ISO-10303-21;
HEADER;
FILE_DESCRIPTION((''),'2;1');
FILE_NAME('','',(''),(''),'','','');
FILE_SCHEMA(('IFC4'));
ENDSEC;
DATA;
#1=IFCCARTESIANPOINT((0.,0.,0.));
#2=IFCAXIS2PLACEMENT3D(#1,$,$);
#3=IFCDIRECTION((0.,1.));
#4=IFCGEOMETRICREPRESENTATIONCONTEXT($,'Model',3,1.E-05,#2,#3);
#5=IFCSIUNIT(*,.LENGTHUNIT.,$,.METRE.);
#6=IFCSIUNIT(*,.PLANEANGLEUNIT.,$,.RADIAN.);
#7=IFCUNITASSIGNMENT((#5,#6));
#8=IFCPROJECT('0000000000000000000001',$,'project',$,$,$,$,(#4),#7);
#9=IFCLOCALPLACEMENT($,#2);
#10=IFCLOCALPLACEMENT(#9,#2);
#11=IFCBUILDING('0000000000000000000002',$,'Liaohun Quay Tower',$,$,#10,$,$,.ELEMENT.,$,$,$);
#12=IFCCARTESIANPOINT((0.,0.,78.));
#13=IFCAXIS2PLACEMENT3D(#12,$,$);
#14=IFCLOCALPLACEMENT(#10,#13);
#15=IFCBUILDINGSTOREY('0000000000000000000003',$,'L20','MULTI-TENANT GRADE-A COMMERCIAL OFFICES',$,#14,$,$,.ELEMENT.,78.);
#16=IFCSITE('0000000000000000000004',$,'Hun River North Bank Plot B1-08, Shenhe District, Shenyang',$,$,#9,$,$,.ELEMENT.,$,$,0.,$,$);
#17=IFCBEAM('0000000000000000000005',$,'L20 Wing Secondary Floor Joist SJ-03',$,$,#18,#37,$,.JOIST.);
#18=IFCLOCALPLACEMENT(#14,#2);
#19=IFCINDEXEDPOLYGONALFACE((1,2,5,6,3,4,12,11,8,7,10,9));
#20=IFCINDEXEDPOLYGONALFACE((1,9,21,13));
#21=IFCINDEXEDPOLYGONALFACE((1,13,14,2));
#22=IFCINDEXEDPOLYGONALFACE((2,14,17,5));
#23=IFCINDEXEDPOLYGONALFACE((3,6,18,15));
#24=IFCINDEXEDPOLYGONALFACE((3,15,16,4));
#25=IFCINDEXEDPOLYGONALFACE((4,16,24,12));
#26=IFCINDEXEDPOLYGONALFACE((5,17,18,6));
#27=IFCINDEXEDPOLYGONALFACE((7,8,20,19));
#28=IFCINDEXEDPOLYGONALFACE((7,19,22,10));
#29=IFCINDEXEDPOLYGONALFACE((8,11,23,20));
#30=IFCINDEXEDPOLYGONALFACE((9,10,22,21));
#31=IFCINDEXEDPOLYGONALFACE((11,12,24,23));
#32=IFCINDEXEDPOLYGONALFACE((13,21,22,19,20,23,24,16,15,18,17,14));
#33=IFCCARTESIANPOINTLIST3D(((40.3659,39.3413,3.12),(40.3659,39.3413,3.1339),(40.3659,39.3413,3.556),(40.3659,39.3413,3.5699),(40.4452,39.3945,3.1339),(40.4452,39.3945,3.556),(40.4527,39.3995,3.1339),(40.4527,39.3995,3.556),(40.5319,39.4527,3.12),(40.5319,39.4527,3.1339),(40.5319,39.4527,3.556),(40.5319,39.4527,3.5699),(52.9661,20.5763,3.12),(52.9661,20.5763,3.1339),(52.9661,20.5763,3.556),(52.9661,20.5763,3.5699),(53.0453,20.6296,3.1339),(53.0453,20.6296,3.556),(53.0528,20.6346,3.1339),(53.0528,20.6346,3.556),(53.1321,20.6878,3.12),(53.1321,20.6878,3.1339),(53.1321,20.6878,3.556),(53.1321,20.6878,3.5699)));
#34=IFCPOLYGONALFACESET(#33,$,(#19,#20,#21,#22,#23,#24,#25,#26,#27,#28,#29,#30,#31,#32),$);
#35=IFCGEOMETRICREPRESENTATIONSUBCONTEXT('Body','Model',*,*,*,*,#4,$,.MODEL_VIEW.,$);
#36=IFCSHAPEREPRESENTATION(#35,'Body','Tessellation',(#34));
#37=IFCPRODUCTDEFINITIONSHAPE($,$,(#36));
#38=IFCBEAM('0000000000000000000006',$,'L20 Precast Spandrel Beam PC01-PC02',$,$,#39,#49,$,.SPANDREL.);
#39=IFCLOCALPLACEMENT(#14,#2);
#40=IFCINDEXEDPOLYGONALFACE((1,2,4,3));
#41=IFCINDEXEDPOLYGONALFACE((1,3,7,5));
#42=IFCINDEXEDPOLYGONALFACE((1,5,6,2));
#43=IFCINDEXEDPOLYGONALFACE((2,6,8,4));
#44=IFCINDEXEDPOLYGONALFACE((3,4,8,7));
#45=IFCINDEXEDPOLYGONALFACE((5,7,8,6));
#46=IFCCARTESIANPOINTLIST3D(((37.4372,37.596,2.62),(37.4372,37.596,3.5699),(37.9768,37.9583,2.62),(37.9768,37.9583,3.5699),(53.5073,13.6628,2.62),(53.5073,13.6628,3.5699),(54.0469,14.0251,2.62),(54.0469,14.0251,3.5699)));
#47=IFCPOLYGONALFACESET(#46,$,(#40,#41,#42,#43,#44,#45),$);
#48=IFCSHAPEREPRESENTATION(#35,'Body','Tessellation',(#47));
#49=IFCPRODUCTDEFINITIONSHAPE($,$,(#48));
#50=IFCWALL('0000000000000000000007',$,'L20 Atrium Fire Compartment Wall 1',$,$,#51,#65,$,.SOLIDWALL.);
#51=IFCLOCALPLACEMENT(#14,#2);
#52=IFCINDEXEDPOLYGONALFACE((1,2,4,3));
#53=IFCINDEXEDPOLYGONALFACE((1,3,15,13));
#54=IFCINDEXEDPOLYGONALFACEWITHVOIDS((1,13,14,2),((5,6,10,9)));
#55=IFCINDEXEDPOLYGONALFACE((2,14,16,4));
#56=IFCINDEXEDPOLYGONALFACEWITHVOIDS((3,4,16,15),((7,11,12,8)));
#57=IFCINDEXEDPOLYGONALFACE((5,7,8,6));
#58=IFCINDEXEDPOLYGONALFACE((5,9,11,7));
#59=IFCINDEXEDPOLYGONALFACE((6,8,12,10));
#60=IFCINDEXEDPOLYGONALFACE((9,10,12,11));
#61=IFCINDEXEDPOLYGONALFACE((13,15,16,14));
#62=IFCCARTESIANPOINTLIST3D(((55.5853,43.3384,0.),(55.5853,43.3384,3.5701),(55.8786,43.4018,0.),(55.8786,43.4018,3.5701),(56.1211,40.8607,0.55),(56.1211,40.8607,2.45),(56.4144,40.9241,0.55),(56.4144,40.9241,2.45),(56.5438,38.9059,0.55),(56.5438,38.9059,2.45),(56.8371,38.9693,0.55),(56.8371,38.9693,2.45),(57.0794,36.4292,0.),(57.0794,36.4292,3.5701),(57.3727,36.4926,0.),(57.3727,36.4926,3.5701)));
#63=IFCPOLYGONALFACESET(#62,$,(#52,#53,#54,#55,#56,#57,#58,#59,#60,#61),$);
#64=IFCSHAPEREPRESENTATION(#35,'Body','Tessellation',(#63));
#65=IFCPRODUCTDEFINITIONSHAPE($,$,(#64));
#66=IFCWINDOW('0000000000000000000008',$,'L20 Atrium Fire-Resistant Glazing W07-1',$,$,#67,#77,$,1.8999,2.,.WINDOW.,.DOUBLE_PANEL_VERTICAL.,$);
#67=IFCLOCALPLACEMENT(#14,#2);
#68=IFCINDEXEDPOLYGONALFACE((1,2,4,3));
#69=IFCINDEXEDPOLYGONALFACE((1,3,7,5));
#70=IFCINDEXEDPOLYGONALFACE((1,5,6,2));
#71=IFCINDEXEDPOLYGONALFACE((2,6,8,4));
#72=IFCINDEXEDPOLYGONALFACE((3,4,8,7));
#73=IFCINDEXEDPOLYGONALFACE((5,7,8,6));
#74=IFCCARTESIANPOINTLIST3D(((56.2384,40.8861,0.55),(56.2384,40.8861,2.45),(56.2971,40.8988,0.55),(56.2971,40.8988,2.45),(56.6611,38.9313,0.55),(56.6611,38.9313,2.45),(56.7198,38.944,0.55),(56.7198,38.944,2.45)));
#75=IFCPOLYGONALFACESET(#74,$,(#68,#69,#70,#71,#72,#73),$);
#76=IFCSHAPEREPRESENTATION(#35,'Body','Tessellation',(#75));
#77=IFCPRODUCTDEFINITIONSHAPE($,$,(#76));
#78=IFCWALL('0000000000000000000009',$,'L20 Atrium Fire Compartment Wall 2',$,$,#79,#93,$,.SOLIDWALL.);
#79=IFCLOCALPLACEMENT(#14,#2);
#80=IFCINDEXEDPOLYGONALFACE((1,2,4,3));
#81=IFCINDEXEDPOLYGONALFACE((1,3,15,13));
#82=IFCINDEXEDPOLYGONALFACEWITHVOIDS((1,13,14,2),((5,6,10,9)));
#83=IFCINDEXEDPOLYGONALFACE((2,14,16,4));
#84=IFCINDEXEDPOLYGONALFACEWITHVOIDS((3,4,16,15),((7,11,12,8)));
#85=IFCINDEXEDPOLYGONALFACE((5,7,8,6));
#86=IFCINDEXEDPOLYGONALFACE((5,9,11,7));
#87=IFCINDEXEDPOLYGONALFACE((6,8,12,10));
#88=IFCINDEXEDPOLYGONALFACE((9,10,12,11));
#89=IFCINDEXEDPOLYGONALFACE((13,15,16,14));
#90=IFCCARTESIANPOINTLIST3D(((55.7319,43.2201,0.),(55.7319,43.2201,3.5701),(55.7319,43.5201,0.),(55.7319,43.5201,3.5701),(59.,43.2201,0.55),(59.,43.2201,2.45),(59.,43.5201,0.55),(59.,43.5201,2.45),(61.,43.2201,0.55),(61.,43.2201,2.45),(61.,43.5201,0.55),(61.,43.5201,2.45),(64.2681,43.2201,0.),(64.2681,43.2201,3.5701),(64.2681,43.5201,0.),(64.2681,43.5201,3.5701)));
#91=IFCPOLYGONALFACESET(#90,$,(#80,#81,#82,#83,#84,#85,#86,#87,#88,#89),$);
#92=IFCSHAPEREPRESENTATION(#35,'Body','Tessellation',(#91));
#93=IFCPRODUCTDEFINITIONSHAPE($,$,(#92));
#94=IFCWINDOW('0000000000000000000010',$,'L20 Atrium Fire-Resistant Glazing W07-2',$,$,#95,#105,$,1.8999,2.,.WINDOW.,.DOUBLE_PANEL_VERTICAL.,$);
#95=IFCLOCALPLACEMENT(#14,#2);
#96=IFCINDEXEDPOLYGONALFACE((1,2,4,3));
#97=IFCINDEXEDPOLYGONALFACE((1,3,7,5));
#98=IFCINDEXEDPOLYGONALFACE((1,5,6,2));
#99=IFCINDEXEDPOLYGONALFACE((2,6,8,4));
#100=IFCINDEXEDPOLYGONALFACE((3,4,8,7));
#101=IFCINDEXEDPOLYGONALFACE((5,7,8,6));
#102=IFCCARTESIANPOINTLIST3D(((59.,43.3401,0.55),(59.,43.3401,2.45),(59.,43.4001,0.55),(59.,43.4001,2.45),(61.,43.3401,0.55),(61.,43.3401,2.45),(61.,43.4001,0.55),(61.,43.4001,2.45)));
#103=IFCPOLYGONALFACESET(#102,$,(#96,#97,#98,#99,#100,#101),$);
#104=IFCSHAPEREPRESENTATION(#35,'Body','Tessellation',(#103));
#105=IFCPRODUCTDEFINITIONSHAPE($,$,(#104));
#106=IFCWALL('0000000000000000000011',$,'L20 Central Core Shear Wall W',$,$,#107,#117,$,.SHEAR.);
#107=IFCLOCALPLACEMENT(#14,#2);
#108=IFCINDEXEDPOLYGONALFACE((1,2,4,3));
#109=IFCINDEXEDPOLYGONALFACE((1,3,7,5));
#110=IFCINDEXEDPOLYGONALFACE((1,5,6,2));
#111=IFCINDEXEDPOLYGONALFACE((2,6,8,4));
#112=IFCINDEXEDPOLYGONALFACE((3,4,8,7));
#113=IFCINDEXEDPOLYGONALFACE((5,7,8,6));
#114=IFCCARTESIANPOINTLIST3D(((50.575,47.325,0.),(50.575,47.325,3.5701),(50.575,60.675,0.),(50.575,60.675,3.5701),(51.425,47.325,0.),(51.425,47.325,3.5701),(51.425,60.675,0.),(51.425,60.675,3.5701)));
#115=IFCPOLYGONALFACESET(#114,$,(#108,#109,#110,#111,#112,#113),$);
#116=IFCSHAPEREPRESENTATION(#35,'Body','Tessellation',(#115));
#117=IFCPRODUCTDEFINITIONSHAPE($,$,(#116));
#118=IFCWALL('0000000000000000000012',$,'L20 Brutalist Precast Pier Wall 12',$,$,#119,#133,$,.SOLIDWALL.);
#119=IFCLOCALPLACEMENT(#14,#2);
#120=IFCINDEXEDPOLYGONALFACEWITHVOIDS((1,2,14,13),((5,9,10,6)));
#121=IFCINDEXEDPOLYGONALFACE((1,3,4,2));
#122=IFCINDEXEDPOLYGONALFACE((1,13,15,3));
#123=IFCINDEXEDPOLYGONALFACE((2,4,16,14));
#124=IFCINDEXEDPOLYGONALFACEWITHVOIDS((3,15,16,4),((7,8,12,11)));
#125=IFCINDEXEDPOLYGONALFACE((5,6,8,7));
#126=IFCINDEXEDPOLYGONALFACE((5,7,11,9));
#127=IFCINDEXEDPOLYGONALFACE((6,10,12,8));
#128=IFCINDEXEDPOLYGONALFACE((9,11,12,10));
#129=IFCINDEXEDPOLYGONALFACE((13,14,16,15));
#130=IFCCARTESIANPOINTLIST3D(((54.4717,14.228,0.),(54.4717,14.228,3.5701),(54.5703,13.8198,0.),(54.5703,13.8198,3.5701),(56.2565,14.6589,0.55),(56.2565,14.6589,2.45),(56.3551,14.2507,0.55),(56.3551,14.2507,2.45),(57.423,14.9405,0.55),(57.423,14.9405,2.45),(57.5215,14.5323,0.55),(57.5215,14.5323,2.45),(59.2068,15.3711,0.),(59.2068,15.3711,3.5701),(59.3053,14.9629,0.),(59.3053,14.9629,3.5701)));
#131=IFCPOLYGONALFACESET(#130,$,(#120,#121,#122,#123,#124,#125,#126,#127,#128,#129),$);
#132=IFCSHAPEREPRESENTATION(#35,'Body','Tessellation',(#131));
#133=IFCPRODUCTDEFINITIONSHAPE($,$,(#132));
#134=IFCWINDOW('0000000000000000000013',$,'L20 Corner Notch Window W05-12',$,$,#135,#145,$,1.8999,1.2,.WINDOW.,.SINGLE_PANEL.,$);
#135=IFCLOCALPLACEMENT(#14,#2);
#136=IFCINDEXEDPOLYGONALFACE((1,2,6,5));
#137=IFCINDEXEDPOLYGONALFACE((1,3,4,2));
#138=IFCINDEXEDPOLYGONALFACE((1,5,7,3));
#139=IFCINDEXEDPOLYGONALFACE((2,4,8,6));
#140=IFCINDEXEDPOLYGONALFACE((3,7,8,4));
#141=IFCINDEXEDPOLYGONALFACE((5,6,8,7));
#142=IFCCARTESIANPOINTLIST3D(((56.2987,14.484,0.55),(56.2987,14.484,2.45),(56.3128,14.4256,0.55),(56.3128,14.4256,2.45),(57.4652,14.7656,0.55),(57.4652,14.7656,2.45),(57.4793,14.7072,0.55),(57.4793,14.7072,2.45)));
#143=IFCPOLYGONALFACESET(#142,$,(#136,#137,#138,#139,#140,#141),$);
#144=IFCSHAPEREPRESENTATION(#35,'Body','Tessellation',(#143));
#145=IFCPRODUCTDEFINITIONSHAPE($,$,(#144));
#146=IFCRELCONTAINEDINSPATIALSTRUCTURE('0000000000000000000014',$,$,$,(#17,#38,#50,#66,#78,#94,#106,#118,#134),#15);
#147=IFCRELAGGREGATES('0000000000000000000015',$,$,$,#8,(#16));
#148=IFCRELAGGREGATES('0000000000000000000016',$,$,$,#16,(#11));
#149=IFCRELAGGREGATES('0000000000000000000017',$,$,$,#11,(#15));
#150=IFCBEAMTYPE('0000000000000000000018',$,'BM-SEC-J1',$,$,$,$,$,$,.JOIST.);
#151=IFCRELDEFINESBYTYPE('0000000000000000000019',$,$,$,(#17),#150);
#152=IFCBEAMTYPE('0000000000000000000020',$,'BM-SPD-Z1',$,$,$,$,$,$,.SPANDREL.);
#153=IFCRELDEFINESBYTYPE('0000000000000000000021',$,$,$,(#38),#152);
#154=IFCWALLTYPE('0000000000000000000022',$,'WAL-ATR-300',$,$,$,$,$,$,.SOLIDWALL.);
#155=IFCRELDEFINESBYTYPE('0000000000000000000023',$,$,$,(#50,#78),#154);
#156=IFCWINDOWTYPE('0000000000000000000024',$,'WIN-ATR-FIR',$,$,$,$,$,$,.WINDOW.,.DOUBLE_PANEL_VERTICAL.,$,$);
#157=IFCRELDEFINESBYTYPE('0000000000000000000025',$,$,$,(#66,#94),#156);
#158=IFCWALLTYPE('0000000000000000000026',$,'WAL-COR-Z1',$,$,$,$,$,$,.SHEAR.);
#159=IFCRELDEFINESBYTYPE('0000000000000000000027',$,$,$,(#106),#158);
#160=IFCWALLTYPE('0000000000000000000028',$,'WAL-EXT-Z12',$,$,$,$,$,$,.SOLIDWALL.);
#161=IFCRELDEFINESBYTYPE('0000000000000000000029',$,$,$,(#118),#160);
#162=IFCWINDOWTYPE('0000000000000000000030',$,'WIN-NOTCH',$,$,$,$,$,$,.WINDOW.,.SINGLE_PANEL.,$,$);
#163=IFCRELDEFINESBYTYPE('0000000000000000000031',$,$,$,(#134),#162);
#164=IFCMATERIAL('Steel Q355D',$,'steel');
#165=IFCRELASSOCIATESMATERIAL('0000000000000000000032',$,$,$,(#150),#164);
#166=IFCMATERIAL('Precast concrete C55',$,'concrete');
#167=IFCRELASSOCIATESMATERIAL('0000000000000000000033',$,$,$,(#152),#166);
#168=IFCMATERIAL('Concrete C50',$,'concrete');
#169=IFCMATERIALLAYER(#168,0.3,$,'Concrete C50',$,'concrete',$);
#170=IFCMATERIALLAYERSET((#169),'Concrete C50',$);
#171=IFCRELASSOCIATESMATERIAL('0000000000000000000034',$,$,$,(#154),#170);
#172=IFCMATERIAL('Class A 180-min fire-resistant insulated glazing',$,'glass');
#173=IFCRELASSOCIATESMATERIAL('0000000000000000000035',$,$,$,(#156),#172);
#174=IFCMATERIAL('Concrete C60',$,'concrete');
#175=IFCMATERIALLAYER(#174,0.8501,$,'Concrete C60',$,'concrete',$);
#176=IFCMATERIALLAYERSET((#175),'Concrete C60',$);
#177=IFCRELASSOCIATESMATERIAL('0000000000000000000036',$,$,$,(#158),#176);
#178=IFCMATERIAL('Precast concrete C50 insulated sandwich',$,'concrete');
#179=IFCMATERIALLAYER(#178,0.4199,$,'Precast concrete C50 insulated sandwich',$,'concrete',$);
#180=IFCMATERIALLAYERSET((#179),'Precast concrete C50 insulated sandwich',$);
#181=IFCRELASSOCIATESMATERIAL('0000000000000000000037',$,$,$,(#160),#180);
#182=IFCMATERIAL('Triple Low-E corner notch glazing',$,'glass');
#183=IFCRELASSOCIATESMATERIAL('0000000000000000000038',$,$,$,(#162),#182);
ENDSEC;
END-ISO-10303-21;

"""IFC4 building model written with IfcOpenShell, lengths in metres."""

from ifc_helpers import new_model, si_unit, direction, frame, frame_2d, origin, origin_2d, place, context, subcontext, project, spatial, rectangle, i_section, extrude, source, transform, mapped, material, layer, layer_set, material_profile, profile_set, type_object, element, fill, save


model = new_model("IFC4")

# Units and contexts
model_context = context("Model", 3, precision=1e-05, world=origin(), true_north=direction((0.0, 1.0)))
body_context = subcontext(model_context, "Body", "Model", "MODEL_VIEW")
ifc_project = project(units=[si_unit("LENGTHUNIT", "METRE"), si_unit("PLANEANGLEUNIT", "RADIAN")], contexts=[model_context])

# Site, building, storey
site_placement = place(None, origin())
site = spatial("IfcSite", under=ifc_project, at=site_placement, Name="Hun River North Bank Plot B1-08, Shenhe District, Shenyang", CompositionType="ELEMENT", RefElevation=0.0)
building_placement = place(site_placement, origin())
building = spatial("IfcBuilding", under=site, at=building_placement, Name="Liaohun Quay Tower", CompositionType="ELEMENT")
storey_placement = place(building_placement, frame((0.0, 0.0, 78.0)))
storey = spatial("IfcBuildingStorey", under=building, at=storey_placement, Name="L20", Description="MULTI-TENANT GRADE-A COMMERCIAL OFFICES", CompositionType="ELEMENT", Elevation=78.0)

# Shared definitions
ifc_material_1 = material(Name="Concrete C60", Category="concrete")

# Beams
ifc_material_2 = material(Name="Steel Q355D", Category="steel")
ifc_material_profile_1 = material_profile(ifc_material_2, i_section(OverallWidth=0.2, OverallDepth=0.45, WebThickness=0.009, FlangeThickness=0.0139, at=origin_2d()), Name="HN450x200x9x14")
ifc_profile_set_1 = profile_set([ifc_material_profile_1], Name="Steel Q355D")
beam_type_1 = type_object("IfcBeamType", Name="BM-SEC-J1", PredefinedType="JOIST", material=ifc_profile_set_1)
shared_shape_1 = source(origin(), body_context, "Body", "SweptSolid", [
    extrude(i_section(OverallWidth=0.2, OverallDepth=0.45, WebThickness=0.009, FlangeThickness=0.0139, at=origin_2d()), origin(), (0.0, 0.0, 1.0), 22.6028),
])
beam_1_placement = place(storey_placement, frame((53.0491, 20.6321, 3.345), z_axis=(-0.557459, 0.830204, 0.0), x_axis=(-0.830204, -0.557459, 0.0)))
element("IfcBeam", 1, at=beam_1_placement, inside=storey, type_object=beam_type_1, Name="L20 Wing Secondary Floor Joist SJ-03", PredefinedType="JOIST", context=body_context, shape_type="MappedRepresentation", body=[
    mapped(shared_shape_1, transform((0.0, 0.0, 0.0), x_axis=(1.0, 0.0, 0.0), y_axis=(0.0, 1.0, 0.0), z_axis=(0.0, 0.0, 1.0), scale=1.0)),
])
ifc_material_3 = material(Name="Precast concrete C55", Category="concrete")
ifc_material_profile_2 = material_profile(ifc_material_3, rectangle(XDim=0.6499, YDim=0.95, at=origin_2d()), Name="RC650x950")
ifc_profile_set_2 = profile_set([ifc_material_profile_2], Name="Precast concrete C55")
beam_type_2 = type_object("IfcBeamType", Name="BM-SPD-Z1", PredefinedType="SPANDREL", material=ifc_profile_set_2)
shared_shape_2 = source(origin(), body_context, "Body", "SweptSolid", [
    extrude(rectangle(XDim=0.6499, YDim=0.95, at=origin_2d()), origin(), (0.0, 0.0, 1.0), 28.8279),
])
beam_2_placement = place(storey_placement, frame((53.7771, 13.844, 3.095), z_axis=(-0.557451, 0.83021, 0.0), x_axis=(-0.83021, -0.557451, 0.0)))
element("IfcBeam", 2, at=beam_2_placement, inside=storey, type_object=beam_type_2, Name="L20 Precast Spandrel Beam PC01-PC02", PredefinedType="SPANDREL", context=body_context, shape_type="MappedRepresentation", body=[
    mapped(shared_shape_2, transform((0.0, 0.0, 0.0), x_axis=(1.0, 0.0, 0.0), y_axis=(0.0, 1.0, 0.0), z_axis=(0.0, 0.0, 1.0), scale=1.0)),
])

# Walls, openings, windows
ifc_material_4 = material(Name="Concrete C50", Category="concrete")
ifc_layer_1 = layer(ifc_material_4, 0.3, Name="Concrete C50", Category="concrete")
ifc_layer_set_1 = layer_set([ifc_layer_1], Name="Concrete C50")
wall_type_1 = type_object("IfcWallType", Name="WAL-ATR-300", PredefinedType="SOLIDWALL", material=ifc_layer_set_1)
wall_1_placement = place(storey_placement, frame((57.2261, 36.4609, 0.0), z_axis=(0.0, 0.0, 1.0), x_axis=(-0.211368, 0.977406, 0.0)))
wall_1 = element("IfcWall", 3, at=wall_1_placement, inside=storey, type_object=wall_type_1, Name="L20 Atrium Fire Compartment Wall 1", PredefinedType="SOLIDWALL", context=body_context, shape_type="SweptSolid", body=[
    extrude(rectangle(XDim=7.0688, YDim=0.3, at=frame_2d((3.5344, 0.0))), origin(), (0.0, 0.0, 1.0), 3.5701),
])
shared_shape_3 = source(origin(), body_context, "Body", "SweptSolid", [
    extrude(rectangle(XDim=2.0, YDim=1.8999, at=frame_2d((1.0, 0.95))), frame((0.0, 0.1599, 0.0), z_axis=(0.0, -1.0, 0.0), x_axis=(1.0, 0.0, 0.0)), (0.0, 0.0, 1.0), 0.3201),
])
opening_1_placement = place(wall_1_placement, frame((2.5339, 0.0, 0.55)))
opening_1 = element("IfcOpeningElement", 4, at=opening_1_placement, cuts=wall_1, PredefinedType="OPENING", context=body_context, shape_type="MappedRepresentation", body=[
    mapped(shared_shape_3, transform((0.0, 0.0, 0.0), x_axis=(1.0, 0.0, 0.0), y_axis=(0.0, 1.0, 0.0), z_axis=(0.0, 0.0, 1.0), scale=1.0)),
])
ifc_material_5 = material(Name="Class A 180-min fire-resistant insulated glazing", Category="glass")
window_type_1 = type_object("IfcWindowType", Name="WIN-ATR-FIR", PartitioningType="DOUBLE_PANEL_VERTICAL", PredefinedType="WINDOW", material=ifc_material_5)
shared_shape_4 = source(origin(), body_context, "Body", "SweptSolid", [
    extrude(rectangle(XDim=2.0, YDim=1.8999, at=frame_2d((1.0, 0.95))), frame((0.0, 0.03, 0.0), z_axis=(0.0, -1.0, 0.0), x_axis=(1.0, 0.0, 0.0)), (0.0, 0.0, 1.0), 0.0601),
])
window_1_placement = place(opening_1_placement, origin())
window_1 = element("IfcWindow", 5, at=window_1_placement, inside=storey, type_object=window_type_1, Name="L20 Atrium Fire-Resistant Glazing W07-1", OverallHeight=1.8999, OverallWidth=2.0, PartitioningType="DOUBLE_PANEL_VERTICAL", PredefinedType="WINDOW", context=body_context, shape_type="MappedRepresentation", body=[
    mapped(shared_shape_4, transform((0.0, 0.0, 0.0), x_axis=(1.0, 0.0, 0.0), y_axis=(0.0, 1.0, 0.0), z_axis=(0.0, 0.0, 1.0), scale=1.0)),
])
fill(opening_1, window_1)
wall_2_placement = place(storey_placement, frame((55.7319, 43.3701, 0.0), z_axis=(0.0, 0.0, 1.0), x_axis=(1.0, 0.0, 0.0)))
wall_2 = element("IfcWall", 6, at=wall_2_placement, inside=storey, type_object=wall_type_1, Name="L20 Atrium Fire Compartment Wall 2", PredefinedType="SOLIDWALL", context=body_context, shape_type="SweptSolid", body=[
    extrude(rectangle(XDim=8.5361, YDim=0.3, at=frame_2d((4.2681, 0.0))), origin(), (0.0, 0.0, 1.0), 3.5701),
])
opening_2_placement = place(wall_2_placement, frame((3.2681, 0.0, 0.55)))
opening_2 = element("IfcOpeningElement", 7, at=opening_2_placement, cuts=wall_2, PredefinedType="OPENING", context=body_context, shape_type="MappedRepresentation", body=[
    mapped(shared_shape_3, transform((0.0, 0.0, 0.0), x_axis=(1.0, 0.0, 0.0), y_axis=(0.0, 1.0, 0.0), z_axis=(0.0, 0.0, 1.0), scale=1.0)),
])
window_2_placement = place(opening_2_placement, origin())
window_2 = element("IfcWindow", 8, at=window_2_placement, inside=storey, type_object=window_type_1, Name="L20 Atrium Fire-Resistant Glazing W07-2", OverallHeight=1.8999, OverallWidth=2.0, PartitioningType="DOUBLE_PANEL_VERTICAL", PredefinedType="WINDOW", context=body_context, shape_type="MappedRepresentation", body=[
    mapped(shared_shape_4, transform((0.0, 0.0, 0.0), x_axis=(1.0, 0.0, 0.0), y_axis=(0.0, 1.0, 0.0), z_axis=(0.0, 0.0, 1.0), scale=1.0)),
])
fill(opening_2, window_2)

# Wall
ifc_layer_2 = layer(ifc_material_1, 0.8501, Name="Concrete C60", Category="concrete")
ifc_layer_set_2 = layer_set([ifc_layer_2], Name="Concrete C60")
wall_type_2 = type_object("IfcWallType", Name="WAL-COR-Z1", PredefinedType="SHEAR", material=ifc_layer_set_2)
wall_3_placement = place(storey_placement, frame((51.0, 47.325, 0.0), z_axis=(0.0, 0.0, 1.0), x_axis=(0.0, 1.0, 0.0)))
element("IfcWall", 9, at=wall_3_placement, inside=storey, type_object=wall_type_2, Name="L20 Central Core Shear Wall W", PredefinedType="SHEAR", context=body_context, shape_type="SweptSolid", body=[
    extrude(rectangle(XDim=13.3501, YDim=0.8501, at=frame_2d((6.675, 0.0))), origin(), (0.0, 0.0, 1.0), 3.5701),
])

# Wall, opening, window
ifc_material_6 = material(Name="Precast concrete C50 insulated sandwich", Category="concrete")
ifc_layer_3 = layer(ifc_material_6, 0.4199, Name="Precast concrete C50 insulated sandwich", Category="concrete")
ifc_layer_set_3 = layer_set([ifc_layer_3], Name="Precast concrete C50 insulated sandwich")
wall_type_3 = type_object("IfcWallType", Name="WAL-EXT-Z12", PredefinedType="SOLIDWALL", material=ifc_layer_set_3)
wall_4_placement = place(storey_placement, frame((54.521, 14.0239, 0.0), z_axis=(0.0, 0.0, 1.0), x_axis=(0.972077, 0.234662, 0.0)))
wall_4 = element("IfcWall", 10, at=wall_4_placement, inside=storey, type_object=wall_type_3, Name="L20 Brutalist Precast Pier Wall 12", PredefinedType="SOLIDWALL", context=body_context, shape_type="SweptSolid", body=[
    extrude(rectangle(XDim=4.8711, YDim=0.4199, at=frame_2d((2.4355, 0.0))), origin(), (0.0, 0.0, 1.0), 3.5701),
])
shared_shape_5 = source(origin(), body_context, "Body", "SweptSolid", [
    extrude(rectangle(XDim=1.2, YDim=1.8999, at=frame_2d((0.6001, 0.95))), frame((0.0, 0.22, 0.0), z_axis=(0.0, -1.0, 0.0), x_axis=(1.0, 0.0, 0.0)), (0.0, 0.0, 1.0), 0.4399),
])
opening_3_placement = place(wall_4_placement, frame((1.8359, 0.0, 0.55)))
opening_3 = element("IfcOpeningElement", 11, at=opening_3_placement, cuts=wall_4, PredefinedType="OPENING", context=body_context, shape_type="MappedRepresentation", body=[
    mapped(shared_shape_5, transform((0.0, 0.0, 0.0), x_axis=(1.0, 0.0, 0.0), y_axis=(0.0, 1.0, 0.0), z_axis=(0.0, 0.0, 1.0), scale=1.0)),
])
ifc_material_7 = material(Name="Triple Low-E corner notch glazing", Category="glass")
window_type_2 = type_object("IfcWindowType", Name="WIN-NOTCH", PartitioningType="SINGLE_PANEL", PredefinedType="WINDOW", material=ifc_material_7)
shared_shape_6 = source(origin(), body_context, "Body", "SweptSolid", [
    extrude(rectangle(XDim=1.2, YDim=1.8999, at=frame_2d((0.6001, 0.95))), frame((0.0, 0.03, 0.0), z_axis=(0.0, -1.0, 0.0), x_axis=(1.0, 0.0, 0.0)), (0.0, 0.0, 1.0), 0.0601),
])
window_3_placement = place(opening_3_placement, origin())
window_3 = element("IfcWindow", 12, at=window_3_placement, inside=storey, type_object=window_type_2, Name="L20 Corner Notch Window W05-12", OverallHeight=1.8999, OverallWidth=1.2, PartitioningType="SINGLE_PANEL", PredefinedType="WINDOW", context=body_context, shape_type="MappedRepresentation", body=[
    mapped(shared_shape_6, transform((0.0, 0.0, 0.0), x_axis=(1.0, 0.0, 0.0), y_axis=(0.0, 1.0, 0.0), z_axis=(0.0, 0.0, 1.0), scale=1.0)),
])
fill(opening_3, window_3)

save(model, "model.ifc")
